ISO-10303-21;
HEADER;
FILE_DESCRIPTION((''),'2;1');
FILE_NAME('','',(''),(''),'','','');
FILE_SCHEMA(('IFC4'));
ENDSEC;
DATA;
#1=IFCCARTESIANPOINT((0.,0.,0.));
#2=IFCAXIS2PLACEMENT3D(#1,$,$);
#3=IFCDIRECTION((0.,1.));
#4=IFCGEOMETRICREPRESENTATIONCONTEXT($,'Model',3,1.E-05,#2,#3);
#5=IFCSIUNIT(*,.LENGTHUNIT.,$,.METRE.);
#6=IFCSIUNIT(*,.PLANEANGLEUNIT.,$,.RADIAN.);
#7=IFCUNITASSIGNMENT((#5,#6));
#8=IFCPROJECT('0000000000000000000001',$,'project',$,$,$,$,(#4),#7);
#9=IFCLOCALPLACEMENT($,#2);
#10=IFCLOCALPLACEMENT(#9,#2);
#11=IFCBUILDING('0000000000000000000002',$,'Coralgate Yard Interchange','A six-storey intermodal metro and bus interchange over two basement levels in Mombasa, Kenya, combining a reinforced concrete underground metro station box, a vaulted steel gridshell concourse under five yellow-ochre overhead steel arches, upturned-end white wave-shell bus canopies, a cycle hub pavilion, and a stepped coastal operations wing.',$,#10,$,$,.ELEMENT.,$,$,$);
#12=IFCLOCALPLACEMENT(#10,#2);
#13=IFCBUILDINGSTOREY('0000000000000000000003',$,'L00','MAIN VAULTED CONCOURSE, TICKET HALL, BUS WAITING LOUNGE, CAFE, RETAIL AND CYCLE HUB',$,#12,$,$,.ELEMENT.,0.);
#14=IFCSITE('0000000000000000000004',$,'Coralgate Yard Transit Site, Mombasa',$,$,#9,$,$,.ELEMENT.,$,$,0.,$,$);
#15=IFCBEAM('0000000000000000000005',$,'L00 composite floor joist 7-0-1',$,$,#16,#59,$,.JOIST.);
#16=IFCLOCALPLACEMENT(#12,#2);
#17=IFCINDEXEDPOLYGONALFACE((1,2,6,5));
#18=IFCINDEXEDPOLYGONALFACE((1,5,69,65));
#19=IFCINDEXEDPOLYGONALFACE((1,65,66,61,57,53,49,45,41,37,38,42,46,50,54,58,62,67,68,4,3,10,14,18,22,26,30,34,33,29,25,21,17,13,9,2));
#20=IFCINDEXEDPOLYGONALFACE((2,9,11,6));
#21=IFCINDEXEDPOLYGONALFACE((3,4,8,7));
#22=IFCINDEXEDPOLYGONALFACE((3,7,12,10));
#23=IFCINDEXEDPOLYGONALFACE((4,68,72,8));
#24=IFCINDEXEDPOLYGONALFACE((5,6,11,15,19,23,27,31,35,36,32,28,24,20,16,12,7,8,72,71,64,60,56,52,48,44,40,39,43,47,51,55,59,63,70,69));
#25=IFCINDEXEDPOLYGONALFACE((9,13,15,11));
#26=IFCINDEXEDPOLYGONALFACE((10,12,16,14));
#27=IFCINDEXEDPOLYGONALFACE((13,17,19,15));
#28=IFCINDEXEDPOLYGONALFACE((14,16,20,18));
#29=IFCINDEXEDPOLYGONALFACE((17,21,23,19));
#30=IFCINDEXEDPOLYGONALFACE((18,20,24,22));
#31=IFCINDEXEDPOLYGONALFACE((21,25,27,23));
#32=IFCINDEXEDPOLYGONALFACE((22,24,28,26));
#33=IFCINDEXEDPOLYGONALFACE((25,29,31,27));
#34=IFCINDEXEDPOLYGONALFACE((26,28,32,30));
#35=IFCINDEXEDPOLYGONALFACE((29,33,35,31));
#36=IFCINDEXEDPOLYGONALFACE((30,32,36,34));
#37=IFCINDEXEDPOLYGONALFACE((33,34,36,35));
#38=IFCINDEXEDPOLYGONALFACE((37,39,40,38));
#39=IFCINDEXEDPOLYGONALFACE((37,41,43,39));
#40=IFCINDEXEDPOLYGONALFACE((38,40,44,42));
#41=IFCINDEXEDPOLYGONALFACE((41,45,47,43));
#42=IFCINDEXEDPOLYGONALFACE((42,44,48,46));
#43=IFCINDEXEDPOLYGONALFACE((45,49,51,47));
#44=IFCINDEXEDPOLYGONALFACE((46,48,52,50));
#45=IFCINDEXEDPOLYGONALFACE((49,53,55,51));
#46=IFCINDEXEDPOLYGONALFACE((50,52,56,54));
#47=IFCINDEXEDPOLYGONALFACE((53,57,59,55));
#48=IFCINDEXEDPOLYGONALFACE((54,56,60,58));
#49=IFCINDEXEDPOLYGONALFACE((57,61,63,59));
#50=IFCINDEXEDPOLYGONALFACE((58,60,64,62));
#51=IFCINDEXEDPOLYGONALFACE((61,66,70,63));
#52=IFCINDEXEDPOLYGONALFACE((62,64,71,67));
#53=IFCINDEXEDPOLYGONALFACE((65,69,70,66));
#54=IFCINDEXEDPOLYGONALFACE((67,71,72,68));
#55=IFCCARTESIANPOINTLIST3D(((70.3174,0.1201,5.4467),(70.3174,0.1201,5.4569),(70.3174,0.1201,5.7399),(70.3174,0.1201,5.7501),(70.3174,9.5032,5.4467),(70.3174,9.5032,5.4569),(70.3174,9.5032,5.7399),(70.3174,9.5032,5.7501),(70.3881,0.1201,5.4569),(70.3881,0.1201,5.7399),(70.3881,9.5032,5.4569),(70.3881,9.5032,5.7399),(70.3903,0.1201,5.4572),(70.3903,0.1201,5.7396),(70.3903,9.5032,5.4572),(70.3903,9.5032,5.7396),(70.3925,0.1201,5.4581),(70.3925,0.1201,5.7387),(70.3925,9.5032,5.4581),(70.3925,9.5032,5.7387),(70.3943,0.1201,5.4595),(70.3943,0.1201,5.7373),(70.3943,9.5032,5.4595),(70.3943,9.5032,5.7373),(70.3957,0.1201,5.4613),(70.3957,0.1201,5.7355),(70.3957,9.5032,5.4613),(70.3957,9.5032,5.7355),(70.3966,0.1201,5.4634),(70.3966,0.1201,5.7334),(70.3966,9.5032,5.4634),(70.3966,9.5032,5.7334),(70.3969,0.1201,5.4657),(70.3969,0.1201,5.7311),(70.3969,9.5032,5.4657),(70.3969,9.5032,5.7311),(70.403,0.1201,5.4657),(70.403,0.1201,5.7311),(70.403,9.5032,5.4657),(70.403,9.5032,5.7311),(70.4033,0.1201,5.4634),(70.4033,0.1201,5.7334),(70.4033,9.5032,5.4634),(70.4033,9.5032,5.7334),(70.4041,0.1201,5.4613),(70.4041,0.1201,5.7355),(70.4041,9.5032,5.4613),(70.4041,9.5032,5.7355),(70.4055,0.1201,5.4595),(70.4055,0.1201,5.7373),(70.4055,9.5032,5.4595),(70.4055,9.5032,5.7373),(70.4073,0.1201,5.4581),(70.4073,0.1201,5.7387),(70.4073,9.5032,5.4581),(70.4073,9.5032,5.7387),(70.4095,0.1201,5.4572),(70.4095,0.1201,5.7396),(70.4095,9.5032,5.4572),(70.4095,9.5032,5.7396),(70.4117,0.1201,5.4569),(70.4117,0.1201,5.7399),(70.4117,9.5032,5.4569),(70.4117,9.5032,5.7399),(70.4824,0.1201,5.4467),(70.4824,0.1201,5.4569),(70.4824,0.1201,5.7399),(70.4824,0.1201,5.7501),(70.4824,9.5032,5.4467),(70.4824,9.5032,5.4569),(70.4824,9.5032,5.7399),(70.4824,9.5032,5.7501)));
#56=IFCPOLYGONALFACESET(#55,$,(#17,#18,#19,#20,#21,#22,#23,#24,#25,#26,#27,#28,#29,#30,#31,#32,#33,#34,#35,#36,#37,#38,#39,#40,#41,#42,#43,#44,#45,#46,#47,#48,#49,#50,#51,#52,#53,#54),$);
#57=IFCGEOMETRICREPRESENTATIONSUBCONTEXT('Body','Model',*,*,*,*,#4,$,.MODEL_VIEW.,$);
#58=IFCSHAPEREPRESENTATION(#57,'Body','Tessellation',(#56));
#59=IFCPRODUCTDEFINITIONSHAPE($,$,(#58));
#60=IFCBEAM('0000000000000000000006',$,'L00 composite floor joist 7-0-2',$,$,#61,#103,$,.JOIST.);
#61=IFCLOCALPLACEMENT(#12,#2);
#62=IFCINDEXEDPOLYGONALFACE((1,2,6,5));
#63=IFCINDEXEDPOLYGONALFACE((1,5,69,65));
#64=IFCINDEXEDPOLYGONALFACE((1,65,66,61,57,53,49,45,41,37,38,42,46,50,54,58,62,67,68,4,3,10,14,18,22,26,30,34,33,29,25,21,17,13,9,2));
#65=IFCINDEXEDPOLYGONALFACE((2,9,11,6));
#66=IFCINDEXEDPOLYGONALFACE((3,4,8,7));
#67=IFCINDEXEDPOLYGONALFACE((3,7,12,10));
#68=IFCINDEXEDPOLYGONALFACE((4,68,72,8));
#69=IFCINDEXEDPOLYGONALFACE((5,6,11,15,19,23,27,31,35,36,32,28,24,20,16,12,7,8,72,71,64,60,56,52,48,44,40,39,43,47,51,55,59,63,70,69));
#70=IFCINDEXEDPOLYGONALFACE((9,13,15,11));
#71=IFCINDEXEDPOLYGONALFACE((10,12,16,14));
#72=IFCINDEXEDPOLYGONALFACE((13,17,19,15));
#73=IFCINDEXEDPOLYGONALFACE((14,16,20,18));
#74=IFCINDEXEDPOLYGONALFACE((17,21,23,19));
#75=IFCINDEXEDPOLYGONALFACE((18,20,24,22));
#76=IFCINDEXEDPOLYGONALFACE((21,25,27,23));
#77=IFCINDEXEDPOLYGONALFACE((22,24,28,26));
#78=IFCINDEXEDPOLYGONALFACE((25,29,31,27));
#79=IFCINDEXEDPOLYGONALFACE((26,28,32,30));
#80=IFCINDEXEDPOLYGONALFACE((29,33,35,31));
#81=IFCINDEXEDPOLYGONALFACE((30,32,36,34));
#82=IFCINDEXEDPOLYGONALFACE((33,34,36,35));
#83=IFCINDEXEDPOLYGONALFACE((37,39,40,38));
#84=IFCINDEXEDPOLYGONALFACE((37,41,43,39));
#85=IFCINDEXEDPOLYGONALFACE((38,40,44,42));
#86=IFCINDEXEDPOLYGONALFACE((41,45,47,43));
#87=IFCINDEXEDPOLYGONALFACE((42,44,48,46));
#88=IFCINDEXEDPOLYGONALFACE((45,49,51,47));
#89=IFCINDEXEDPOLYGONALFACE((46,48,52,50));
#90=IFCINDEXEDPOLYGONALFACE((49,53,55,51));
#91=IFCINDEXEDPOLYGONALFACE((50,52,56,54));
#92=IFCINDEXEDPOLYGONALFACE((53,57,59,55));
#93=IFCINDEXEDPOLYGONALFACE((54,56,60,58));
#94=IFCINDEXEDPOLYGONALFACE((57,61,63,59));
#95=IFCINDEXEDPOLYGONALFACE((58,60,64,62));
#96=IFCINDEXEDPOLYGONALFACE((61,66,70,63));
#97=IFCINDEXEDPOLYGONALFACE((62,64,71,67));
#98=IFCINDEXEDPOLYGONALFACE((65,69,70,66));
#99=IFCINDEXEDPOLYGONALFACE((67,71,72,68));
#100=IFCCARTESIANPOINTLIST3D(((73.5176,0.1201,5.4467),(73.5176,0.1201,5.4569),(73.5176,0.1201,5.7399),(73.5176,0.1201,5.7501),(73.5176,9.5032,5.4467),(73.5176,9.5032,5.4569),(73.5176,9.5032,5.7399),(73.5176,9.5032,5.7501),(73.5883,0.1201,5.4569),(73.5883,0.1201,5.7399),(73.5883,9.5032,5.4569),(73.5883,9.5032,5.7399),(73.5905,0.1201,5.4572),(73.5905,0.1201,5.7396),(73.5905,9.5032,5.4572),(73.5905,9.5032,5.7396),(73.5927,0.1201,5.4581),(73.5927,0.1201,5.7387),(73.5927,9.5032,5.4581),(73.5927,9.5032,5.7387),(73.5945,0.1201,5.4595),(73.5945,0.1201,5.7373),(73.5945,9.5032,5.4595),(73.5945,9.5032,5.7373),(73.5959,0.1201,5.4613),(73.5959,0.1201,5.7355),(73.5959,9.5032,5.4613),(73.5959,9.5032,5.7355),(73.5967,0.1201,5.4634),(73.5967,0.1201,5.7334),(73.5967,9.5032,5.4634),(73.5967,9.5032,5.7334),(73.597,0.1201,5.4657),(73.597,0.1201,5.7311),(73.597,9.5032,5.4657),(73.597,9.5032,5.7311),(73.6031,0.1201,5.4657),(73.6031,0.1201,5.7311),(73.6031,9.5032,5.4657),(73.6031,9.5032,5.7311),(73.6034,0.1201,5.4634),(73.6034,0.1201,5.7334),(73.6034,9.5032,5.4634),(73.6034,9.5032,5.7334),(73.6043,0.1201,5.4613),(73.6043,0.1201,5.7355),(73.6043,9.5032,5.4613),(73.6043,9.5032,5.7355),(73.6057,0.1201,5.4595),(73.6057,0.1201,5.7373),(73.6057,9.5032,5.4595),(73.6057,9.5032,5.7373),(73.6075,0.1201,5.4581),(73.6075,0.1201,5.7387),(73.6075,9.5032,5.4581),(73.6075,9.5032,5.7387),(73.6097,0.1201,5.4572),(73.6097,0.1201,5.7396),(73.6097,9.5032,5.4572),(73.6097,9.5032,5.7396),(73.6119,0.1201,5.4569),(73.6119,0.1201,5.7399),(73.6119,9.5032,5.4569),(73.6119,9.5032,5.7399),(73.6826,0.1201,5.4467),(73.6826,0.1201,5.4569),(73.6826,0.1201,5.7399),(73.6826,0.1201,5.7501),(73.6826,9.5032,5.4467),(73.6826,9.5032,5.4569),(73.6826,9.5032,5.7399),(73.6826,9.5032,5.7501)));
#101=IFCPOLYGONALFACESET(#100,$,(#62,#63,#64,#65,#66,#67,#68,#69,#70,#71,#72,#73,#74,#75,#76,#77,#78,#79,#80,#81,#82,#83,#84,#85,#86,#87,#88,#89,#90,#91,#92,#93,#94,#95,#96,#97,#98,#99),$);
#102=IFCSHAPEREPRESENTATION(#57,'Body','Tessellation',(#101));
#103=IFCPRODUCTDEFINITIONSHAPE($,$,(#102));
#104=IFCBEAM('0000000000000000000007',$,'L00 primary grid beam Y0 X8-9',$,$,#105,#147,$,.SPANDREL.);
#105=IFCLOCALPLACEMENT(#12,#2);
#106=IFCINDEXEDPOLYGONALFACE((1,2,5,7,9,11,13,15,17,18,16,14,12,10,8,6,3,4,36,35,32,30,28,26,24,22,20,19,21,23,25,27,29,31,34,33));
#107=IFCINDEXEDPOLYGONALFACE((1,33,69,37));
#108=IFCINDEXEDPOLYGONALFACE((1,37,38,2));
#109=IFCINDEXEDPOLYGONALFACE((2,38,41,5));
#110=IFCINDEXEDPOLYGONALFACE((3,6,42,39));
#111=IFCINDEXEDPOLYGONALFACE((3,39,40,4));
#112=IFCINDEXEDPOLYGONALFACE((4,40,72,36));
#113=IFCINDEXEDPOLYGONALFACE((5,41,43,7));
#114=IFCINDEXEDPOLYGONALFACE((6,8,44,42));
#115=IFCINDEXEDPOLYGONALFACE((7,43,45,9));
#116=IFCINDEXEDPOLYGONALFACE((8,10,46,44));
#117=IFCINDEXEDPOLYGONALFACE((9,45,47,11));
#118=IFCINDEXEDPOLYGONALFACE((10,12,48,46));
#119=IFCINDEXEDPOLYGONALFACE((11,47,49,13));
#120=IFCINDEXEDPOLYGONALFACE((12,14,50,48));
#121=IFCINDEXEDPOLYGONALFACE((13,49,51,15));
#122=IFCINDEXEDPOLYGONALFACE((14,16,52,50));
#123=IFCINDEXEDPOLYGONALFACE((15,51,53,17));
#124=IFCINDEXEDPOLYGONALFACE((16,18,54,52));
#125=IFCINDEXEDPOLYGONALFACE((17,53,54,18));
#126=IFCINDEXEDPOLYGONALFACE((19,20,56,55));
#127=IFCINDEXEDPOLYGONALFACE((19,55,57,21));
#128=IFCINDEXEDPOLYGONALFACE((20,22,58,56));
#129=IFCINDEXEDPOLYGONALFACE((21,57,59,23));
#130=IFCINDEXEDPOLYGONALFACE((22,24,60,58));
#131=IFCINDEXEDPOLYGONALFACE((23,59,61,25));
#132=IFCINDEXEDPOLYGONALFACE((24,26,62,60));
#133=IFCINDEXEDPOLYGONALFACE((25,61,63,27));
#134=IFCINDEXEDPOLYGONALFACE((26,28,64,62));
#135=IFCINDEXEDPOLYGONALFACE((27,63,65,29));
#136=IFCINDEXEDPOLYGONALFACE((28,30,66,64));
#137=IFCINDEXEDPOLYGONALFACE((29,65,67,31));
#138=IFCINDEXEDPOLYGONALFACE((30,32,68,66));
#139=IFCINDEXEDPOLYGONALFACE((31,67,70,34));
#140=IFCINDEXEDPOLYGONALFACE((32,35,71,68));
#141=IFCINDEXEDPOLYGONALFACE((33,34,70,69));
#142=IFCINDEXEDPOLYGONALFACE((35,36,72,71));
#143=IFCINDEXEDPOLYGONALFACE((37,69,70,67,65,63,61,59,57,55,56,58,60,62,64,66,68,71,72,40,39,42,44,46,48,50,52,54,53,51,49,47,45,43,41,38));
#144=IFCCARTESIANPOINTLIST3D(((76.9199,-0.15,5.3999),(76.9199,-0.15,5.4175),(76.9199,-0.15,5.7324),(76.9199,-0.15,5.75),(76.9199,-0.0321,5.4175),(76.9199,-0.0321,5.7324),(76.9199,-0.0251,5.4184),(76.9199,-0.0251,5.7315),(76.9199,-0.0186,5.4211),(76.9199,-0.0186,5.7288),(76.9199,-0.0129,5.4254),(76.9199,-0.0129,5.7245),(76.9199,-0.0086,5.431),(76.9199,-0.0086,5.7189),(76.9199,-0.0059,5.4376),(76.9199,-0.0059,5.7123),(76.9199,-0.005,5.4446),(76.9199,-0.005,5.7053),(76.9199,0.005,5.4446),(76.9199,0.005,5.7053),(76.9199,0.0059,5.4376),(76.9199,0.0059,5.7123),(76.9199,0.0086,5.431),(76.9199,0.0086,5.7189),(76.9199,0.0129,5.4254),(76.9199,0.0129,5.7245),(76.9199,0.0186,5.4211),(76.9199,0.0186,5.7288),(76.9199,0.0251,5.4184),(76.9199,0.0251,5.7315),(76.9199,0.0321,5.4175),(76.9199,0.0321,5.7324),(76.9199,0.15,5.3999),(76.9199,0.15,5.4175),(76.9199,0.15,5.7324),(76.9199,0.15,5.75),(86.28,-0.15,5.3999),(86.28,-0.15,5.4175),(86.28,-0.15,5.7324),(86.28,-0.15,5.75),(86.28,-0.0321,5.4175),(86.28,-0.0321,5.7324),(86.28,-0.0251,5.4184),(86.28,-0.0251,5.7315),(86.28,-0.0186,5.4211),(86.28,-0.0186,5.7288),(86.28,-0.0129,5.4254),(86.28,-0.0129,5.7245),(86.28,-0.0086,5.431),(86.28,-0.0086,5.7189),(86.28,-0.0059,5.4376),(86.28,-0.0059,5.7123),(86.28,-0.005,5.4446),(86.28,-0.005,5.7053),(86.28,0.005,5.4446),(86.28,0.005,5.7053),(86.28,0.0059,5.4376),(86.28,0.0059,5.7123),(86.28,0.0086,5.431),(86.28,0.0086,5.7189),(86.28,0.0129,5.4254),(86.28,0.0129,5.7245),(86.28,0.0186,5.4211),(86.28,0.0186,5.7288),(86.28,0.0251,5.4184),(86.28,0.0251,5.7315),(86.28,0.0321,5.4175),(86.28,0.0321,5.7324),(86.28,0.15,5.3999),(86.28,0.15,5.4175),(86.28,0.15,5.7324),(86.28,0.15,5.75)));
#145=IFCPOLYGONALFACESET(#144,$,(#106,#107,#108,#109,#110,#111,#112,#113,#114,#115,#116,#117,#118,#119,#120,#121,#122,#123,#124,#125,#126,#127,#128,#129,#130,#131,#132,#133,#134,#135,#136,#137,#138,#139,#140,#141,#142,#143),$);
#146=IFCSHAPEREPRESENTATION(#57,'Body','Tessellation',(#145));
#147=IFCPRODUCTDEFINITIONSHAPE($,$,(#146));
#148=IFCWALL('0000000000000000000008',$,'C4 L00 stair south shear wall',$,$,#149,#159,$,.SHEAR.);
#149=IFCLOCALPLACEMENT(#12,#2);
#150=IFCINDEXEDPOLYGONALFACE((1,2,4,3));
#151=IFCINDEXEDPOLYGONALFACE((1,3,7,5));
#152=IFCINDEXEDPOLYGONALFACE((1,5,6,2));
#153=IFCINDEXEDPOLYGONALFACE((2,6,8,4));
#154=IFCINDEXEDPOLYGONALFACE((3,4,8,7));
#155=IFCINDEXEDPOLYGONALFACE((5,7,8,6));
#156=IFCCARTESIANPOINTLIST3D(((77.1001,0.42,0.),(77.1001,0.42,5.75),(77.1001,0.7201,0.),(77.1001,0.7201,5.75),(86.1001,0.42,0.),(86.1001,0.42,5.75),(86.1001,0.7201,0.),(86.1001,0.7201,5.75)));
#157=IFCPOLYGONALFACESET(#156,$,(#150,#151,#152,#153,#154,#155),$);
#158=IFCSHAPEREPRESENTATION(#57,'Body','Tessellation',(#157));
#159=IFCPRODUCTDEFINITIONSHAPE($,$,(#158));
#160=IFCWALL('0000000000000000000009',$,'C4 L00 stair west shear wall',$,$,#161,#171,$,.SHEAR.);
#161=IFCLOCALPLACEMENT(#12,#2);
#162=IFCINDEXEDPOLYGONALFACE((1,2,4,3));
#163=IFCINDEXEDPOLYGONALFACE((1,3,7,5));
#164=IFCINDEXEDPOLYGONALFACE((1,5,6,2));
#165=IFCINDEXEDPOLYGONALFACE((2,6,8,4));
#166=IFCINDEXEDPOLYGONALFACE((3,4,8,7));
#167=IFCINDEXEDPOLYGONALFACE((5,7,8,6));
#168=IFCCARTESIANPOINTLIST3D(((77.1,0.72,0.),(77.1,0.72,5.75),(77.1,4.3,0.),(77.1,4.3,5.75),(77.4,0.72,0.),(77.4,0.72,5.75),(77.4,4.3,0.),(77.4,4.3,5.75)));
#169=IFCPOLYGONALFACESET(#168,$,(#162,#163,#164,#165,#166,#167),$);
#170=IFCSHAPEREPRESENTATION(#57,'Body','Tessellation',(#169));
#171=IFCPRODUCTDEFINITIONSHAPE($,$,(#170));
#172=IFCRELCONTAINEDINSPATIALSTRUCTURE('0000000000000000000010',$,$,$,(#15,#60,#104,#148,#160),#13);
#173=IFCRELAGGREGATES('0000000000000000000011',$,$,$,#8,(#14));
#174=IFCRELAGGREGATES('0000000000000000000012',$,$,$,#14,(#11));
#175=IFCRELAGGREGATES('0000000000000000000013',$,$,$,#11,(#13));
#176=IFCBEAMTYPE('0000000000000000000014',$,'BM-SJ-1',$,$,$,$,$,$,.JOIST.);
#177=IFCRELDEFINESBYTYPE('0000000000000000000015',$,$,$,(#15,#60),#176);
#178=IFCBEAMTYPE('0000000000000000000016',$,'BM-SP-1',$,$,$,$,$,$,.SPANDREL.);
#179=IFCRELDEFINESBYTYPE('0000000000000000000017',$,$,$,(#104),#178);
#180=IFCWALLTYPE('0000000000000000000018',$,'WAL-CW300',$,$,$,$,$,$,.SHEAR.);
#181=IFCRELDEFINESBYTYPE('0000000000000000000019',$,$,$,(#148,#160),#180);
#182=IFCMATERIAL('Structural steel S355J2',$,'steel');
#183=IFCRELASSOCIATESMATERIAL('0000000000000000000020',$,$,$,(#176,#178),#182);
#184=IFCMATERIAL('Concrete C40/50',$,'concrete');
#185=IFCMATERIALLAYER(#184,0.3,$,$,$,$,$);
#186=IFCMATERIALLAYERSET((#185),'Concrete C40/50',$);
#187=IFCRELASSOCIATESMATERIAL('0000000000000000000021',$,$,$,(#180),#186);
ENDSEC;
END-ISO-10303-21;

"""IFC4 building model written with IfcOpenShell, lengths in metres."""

from ifc_helpers import new_model, si_unit, direction, frame, frame_2d, origin, origin_2d, place, context, subcontext, project, spatial, rectangle, i_section, extrude, material, layer, layer_set, material_profile, profile_set, type_object, element, save


model = new_model("IFC4")

# Units and contexts
model_context = context("Model", 3, precision=1e-05, world=origin(), true_north=direction((0.0, 1.0)))
body_context = subcontext(model_context, "Body", "Model", "MODEL_VIEW")
ifc_project = project(units=[si_unit("LENGTHUNIT", "METRE"), si_unit("PLANEANGLEUNIT", "RADIAN")], contexts=[model_context])

# Site, building, storey
site_placement = place(None, origin())
site = spatial("IfcSite", under=ifc_project, at=site_placement, Name="Coralgate Yard Transit Site, Mombasa", CompositionType="ELEMENT", RefElevation=0.0)
building_placement = place(site_placement, origin())
building = spatial("IfcBuilding", under=site, at=building_placement, Name="Coralgate Yard Interchange", Description="A six-storey intermodal metro and bus interchange over two basement levels in Mombasa, Kenya, combining a reinforced concrete underground metro station box, a vaulted steel gridshell concourse under five yellow-ochre overhead steel arches, upturned-end white wave-shell bus canopies, a cycle hub pavilion, and a stepped coastal operations wing.", CompositionType="ELEMENT")
storey_placement = place(building_placement, origin())
storey = spatial("IfcBuildingStorey", under=building, at=storey_placement, Name="L00", Description="MAIN VAULTED CONCOURSE, TICKET HALL, BUS WAITING LOUNGE, CAFE, RETAIL AND CYCLE HUB", CompositionType="ELEMENT", Elevation=0.0)

# Shared definitions
ifc_material_1 = material(Name="Concrete C40/50", Category="concrete")

# Shared definitions
ifc_material_2 = material(Name="Structural steel S355J2", Category="steel")

# Beams
ifc_material_profile_1 = material_profile(ifc_material_2, i_section(OverallWidth=0.165, OverallDepth=0.3035, WebThickness=0.0061, FlangeThickness=0.0103, FilletRadius=0.0088, at=origin_2d()), Name="UB 305x165x40")
ifc_profile_set_1 = profile_set([ifc_material_profile_1], Name="Structural steel S355J2")
beam_type_1 = type_object("IfcBeamType", Name="BM-SJ-1", PredefinedType="JOIST", material=ifc_profile_set_1)
for number, where, z_axis, x_axis, name in (
    (1, (70.3999, 0.1201, 5.5984), (0.0, 1.0, 0.0), (-1.0, 0.0, 0.0), "L00 composite floor joist 7-0-1"),
    (2, (73.6001, 0.1201, 5.5984), (0.0, 1.0, 0.0), (-1.0, 0.0, 0.0), "L00 composite floor joist 7-0-2"),
):
    element("IfcBeam", number, at=place(storey_placement, frame(where, z_axis=z_axis, x_axis=x_axis)), inside=storey, type_object=beam_type_1, Name=name, PredefinedType="JOIST", context=body_context, shape_type="SweptSolid", body=[
        extrude(i_section(OverallWidth=0.165, OverallDepth=0.3035, WebThickness=0.0061, FlangeThickness=0.0103, FilletRadius=0.0088, at=origin_2d()), origin(), (0.0, 0.0, 1.0), 9.3831),
    ])
ifc_material_profile_2 = material_profile(ifc_material_2, i_section(OverallWidth=0.3, OverallDepth=0.3501, WebThickness=0.01, FlangeThickness=0.0176, FilletRadius=0.0271, at=origin_2d()), Name="HEA 360")
ifc_profile_set_2 = profile_set([ifc_material_profile_2], Name="Structural steel S355J2")
beam_type_2 = type_object("IfcBeamType", Name="BM-SP-1", PredefinedType="SPANDREL", material=ifc_profile_set_2)
beam_1_placement = place(storey_placement, frame((76.9199, 0.0, 5.575), z_axis=(1.0, 0.0, 0.0), x_axis=(0.0, 1.0, 0.0)))
element("IfcBeam", 3, at=beam_1_placement, inside=storey, type_object=beam_type_2, Name="L00 primary grid beam Y0 X8-9", PredefinedType="SPANDREL", context=body_context, shape_type="SweptSolid", body=[
    extrude(i_section(OverallWidth=0.3, OverallDepth=0.3501, WebThickness=0.01, FlangeThickness=0.0176, FilletRadius=0.0271, at=origin_2d()), origin(), (0.0, 0.0, 1.0), 9.3601),
])

# Walls
ifc_layer_1 = layer(ifc_material_1, 0.3)
ifc_layer_set_1 = layer_set([ifc_layer_1], Name="Concrete C40/50")
wall_type_1 = type_object("IfcWallType", Name="WAL-CW300", PredefinedType="SHEAR", material=ifc_layer_set_1)
wall_1_placement = place(storey_placement, frame((77.1001, 0.5701, 0.0), z_axis=(0.0, 0.0, 1.0), x_axis=(1.0, 0.0, 0.0)))
element("IfcWall", 4, at=wall_1_placement, inside=storey, type_object=wall_type_1, Name="C4 L00 stair south shear wall", PredefinedType="SHEAR", context=body_context, shape_type="SweptSolid", body=[
    extrude(rectangle(XDim=9.0, YDim=0.3, at=frame_2d((4.5, 0.0))), origin(), (0.0, 0.0, 1.0), 5.75),
])
wall_2_placement = place(storey_placement, frame((77.25, 0.72, 0.0), z_axis=(0.0, 0.0, 1.0), x_axis=(0.0, 1.0, 0.0)))
element("IfcWall", 5, at=wall_2_placement, inside=storey, type_object=wall_type_1, Name="C4 L00 stair west shear wall", PredefinedType="SHEAR", context=body_context, shape_type="SweptSolid", body=[
    extrude(rectangle(XDim=3.5801, YDim=0.3, at=frame_2d((1.79, 0.0))), origin(), (0.0, 0.0, 1.0), 5.75),
])

save(model, "model.ifc")
